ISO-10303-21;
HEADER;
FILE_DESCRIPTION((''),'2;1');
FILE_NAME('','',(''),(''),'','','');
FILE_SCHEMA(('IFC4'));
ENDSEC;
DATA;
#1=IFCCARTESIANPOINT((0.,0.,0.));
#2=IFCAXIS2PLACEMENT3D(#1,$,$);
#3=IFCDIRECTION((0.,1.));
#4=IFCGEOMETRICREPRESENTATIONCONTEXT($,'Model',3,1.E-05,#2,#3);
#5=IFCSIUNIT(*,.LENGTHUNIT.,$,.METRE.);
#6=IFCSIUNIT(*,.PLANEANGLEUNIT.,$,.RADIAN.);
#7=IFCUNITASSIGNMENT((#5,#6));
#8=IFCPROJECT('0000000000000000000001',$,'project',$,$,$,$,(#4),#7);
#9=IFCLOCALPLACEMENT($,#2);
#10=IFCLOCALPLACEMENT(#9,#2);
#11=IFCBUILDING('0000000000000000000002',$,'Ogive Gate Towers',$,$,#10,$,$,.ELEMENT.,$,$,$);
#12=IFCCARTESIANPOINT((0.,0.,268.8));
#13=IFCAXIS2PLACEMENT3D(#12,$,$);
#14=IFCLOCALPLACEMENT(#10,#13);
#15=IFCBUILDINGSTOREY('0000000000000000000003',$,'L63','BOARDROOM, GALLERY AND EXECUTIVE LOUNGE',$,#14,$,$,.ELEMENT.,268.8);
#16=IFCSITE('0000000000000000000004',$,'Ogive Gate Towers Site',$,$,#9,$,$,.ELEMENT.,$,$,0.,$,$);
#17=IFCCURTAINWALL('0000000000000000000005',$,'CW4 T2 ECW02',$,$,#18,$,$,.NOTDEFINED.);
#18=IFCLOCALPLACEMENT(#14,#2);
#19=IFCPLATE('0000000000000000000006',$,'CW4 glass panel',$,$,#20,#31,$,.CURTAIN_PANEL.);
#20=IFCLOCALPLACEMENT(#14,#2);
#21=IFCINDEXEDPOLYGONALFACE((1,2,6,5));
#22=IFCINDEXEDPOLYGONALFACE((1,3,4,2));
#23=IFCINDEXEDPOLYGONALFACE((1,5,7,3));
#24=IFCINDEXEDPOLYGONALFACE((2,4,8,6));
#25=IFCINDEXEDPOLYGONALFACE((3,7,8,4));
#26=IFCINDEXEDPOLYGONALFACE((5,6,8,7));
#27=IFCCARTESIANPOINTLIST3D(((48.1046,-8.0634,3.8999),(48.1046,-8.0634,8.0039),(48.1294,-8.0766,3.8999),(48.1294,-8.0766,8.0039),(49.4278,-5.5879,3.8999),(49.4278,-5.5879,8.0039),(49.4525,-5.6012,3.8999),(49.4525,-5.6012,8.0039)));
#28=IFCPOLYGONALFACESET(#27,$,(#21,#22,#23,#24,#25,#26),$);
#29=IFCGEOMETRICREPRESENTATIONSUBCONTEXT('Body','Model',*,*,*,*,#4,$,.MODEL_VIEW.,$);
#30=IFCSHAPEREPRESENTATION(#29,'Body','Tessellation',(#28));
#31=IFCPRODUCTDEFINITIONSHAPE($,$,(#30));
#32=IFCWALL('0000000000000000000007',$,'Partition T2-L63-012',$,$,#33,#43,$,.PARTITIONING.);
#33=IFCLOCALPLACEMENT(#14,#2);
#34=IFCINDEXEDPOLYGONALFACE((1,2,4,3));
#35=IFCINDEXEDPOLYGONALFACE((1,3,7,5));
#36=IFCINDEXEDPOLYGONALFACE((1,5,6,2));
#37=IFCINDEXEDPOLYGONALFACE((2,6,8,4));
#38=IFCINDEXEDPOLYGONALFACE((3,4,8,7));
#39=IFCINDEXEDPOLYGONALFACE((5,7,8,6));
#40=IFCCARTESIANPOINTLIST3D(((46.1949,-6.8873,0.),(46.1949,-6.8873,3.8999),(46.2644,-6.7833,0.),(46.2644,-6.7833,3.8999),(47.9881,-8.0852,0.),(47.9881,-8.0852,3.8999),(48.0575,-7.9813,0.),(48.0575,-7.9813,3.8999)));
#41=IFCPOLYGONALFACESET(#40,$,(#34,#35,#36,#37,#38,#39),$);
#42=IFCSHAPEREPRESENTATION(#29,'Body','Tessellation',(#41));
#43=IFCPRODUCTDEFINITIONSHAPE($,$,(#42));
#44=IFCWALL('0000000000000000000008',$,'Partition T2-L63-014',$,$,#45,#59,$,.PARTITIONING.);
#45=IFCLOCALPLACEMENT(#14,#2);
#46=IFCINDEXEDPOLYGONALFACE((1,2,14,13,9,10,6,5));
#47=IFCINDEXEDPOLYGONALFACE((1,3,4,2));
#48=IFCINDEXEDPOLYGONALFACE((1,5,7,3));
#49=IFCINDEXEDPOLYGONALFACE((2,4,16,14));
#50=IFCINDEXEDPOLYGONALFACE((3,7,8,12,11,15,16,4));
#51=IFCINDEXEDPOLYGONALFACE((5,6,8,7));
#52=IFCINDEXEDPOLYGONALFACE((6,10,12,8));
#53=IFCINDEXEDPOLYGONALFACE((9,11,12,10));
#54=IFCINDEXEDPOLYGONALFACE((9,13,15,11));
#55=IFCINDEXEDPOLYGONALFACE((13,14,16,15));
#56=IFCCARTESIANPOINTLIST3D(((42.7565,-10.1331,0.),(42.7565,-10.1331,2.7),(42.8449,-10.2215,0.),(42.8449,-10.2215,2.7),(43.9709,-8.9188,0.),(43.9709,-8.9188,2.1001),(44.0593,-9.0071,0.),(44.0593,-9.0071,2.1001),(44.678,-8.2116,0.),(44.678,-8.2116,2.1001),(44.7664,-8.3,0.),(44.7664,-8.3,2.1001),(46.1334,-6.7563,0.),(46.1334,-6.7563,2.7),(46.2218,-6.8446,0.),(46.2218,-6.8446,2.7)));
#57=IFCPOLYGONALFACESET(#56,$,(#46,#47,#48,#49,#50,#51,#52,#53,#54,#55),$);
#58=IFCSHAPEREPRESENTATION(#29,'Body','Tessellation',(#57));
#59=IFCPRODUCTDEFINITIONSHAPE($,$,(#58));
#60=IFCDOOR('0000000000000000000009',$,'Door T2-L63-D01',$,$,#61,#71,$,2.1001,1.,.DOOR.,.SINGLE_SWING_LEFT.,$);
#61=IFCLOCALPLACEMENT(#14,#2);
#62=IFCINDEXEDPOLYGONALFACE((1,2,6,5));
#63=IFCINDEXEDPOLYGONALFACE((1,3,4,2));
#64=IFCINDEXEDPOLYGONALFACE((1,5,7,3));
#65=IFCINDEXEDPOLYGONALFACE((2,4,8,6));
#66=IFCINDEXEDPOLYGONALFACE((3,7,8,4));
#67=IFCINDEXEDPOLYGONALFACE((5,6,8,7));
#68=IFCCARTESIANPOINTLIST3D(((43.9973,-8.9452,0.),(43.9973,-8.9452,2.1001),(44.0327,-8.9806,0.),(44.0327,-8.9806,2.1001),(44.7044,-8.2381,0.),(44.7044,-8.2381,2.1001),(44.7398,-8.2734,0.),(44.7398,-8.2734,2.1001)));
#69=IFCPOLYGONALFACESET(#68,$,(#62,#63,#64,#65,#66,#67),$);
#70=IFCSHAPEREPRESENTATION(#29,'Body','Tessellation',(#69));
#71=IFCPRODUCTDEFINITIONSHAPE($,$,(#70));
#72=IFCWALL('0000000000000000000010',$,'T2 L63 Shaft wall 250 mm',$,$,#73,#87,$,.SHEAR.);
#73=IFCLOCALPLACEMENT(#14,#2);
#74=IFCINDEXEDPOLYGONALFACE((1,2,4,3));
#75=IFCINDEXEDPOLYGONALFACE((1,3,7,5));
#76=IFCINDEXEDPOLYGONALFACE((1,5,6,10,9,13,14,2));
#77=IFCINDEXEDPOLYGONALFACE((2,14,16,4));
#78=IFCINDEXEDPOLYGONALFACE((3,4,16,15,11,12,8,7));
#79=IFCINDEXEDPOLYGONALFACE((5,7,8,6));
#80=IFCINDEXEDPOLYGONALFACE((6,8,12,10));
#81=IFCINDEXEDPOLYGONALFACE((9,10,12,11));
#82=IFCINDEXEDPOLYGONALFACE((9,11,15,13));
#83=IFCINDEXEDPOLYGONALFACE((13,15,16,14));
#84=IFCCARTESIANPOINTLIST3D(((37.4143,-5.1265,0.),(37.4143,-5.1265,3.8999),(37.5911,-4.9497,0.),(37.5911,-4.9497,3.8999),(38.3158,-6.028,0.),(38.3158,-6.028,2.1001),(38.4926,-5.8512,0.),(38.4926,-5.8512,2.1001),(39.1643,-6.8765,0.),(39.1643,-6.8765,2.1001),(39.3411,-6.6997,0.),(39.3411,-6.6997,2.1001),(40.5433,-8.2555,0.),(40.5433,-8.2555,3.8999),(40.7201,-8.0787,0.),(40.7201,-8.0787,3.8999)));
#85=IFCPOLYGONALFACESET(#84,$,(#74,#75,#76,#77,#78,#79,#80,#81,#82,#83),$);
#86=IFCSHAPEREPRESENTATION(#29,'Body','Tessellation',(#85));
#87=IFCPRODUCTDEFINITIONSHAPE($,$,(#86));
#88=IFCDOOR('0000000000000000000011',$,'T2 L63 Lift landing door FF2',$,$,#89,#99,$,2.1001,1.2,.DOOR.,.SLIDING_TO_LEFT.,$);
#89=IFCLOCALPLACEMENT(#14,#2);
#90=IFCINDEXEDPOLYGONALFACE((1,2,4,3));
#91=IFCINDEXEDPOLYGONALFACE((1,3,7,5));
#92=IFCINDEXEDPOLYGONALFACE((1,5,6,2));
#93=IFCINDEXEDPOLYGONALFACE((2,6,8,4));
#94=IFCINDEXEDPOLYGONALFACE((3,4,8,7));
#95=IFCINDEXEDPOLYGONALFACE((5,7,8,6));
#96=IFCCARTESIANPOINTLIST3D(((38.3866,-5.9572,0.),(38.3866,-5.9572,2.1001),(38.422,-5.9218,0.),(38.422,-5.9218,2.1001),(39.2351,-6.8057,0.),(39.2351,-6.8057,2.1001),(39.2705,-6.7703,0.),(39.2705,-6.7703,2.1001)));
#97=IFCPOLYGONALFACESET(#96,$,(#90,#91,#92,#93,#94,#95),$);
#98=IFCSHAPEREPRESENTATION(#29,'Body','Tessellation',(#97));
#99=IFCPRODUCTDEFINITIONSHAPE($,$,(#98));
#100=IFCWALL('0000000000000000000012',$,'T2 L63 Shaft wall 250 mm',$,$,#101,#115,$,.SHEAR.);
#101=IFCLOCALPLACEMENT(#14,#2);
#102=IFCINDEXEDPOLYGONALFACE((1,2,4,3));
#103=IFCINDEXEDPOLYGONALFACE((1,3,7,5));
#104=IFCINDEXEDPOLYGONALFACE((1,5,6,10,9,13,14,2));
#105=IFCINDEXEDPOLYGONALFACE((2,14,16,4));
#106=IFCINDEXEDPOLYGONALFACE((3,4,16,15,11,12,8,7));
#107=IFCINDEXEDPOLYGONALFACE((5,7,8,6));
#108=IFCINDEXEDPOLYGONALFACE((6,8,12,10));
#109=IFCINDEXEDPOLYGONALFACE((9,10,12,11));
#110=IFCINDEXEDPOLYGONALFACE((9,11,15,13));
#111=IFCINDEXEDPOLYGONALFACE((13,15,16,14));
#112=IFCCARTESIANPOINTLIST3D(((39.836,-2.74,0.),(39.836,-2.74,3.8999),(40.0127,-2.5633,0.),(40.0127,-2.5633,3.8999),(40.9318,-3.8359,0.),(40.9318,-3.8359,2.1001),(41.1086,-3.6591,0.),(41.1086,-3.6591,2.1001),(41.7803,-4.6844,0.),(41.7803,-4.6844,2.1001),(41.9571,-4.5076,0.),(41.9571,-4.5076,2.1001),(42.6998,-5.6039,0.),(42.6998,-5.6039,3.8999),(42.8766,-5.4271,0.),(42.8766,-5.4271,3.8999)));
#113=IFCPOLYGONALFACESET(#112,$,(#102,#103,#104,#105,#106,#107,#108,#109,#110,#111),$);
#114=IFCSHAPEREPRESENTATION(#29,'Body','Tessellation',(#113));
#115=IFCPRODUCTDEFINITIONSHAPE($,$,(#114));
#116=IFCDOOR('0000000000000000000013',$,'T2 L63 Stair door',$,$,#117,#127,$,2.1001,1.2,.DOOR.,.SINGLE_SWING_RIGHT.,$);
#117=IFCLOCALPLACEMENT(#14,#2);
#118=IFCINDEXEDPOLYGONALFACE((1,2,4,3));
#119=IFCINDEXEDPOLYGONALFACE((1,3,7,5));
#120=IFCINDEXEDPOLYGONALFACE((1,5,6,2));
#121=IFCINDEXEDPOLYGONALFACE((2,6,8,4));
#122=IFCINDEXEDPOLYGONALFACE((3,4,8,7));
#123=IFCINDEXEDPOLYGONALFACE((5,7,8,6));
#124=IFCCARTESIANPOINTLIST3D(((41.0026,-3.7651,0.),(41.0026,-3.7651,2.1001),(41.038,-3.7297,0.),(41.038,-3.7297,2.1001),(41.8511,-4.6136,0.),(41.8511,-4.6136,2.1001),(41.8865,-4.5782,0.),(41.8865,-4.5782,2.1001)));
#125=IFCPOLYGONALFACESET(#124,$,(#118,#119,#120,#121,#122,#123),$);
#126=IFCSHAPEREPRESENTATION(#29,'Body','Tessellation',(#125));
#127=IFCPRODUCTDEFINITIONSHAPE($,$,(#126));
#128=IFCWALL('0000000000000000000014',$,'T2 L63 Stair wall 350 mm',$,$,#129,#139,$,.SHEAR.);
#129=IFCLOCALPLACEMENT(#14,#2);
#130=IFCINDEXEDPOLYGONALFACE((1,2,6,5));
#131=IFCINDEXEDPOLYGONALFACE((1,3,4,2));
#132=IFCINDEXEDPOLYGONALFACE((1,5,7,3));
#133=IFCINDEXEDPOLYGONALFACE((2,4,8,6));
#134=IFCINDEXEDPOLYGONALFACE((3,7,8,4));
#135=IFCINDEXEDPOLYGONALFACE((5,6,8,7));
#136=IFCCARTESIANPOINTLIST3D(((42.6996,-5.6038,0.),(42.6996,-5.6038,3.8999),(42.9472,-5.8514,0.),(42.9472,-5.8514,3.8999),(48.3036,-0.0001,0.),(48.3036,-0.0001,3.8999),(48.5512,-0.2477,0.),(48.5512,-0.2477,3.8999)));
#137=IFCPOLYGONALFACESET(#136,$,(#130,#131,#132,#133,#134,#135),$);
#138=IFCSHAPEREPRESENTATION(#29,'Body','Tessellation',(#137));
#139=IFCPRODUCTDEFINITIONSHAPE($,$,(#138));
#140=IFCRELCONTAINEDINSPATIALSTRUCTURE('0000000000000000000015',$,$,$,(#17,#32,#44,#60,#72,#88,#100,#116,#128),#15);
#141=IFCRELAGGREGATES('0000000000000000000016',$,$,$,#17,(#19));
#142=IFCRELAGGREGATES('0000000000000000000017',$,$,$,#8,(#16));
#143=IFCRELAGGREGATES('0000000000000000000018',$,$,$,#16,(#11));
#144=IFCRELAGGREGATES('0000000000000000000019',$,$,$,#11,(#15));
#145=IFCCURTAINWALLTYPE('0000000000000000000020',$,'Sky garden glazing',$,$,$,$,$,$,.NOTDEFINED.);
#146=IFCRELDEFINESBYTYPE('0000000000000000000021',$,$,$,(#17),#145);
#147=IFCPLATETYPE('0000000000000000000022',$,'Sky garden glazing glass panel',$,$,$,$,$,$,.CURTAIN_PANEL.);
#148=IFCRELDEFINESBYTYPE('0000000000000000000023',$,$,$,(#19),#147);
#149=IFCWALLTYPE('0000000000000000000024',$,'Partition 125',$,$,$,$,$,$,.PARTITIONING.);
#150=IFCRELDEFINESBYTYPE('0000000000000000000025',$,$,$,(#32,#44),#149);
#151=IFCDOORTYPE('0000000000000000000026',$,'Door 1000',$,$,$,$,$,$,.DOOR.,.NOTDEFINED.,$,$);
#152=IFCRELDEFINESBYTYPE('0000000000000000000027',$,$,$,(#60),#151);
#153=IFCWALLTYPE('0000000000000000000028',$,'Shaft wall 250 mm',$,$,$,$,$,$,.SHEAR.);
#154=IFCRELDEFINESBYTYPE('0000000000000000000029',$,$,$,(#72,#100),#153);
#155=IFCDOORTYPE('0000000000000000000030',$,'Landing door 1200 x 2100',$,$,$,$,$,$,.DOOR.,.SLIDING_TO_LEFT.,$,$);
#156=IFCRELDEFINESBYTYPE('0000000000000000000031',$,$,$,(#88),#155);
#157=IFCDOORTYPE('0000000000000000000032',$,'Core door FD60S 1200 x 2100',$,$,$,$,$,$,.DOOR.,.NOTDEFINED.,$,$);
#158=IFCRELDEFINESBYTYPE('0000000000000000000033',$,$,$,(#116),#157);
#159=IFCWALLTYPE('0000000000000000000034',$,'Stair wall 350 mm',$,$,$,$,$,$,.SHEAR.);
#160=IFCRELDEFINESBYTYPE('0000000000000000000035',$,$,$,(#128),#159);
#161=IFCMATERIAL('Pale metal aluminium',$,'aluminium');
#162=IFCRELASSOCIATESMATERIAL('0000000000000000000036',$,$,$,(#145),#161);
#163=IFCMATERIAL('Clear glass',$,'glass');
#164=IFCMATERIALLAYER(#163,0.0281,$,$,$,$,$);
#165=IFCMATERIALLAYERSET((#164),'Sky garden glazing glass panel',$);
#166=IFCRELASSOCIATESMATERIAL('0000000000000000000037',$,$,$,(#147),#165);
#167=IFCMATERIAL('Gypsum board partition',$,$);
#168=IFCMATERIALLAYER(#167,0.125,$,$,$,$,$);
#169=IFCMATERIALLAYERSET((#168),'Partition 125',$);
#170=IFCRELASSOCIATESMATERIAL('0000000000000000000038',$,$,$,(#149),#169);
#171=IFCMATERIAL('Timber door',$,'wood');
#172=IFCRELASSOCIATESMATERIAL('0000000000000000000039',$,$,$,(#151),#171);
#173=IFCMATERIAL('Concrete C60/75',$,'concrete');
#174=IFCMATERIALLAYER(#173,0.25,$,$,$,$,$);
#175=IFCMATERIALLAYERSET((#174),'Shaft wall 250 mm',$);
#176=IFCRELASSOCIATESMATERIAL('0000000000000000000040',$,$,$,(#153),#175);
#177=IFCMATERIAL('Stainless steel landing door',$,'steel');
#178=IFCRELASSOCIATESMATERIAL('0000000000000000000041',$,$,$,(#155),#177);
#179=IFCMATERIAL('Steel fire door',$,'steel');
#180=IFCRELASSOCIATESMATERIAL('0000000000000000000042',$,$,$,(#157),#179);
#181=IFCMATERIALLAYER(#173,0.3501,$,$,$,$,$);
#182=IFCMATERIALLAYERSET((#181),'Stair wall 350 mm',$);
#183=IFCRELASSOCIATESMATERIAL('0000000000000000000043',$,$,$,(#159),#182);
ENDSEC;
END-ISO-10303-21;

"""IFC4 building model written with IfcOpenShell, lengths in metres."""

from ifc_helpers import new_model, si_unit, direction, frame, frame_2d, origin, origin_2d, place, context, subcontext, project, spatial, rectangle, extrude, material, layer, layer_set, type_object, element, fill, aggregate, save


model = new_model("IFC4")

# Units and contexts
model_context = context("Model", 3, precision=1e-05, world=origin(), true_north=direction((0.0, 1.0)))
body_context = subcontext(model_context, "Body", "Model", "MODEL_VIEW")
ifc_project = project(units=[si_unit("LENGTHUNIT", "METRE"), si_unit("PLANEANGLEUNIT", "RADIAN")], contexts=[model_context])

# Site, building, storey
site_placement = place(None, origin())
site = spatial("IfcSite", under=ifc_project, at=site_placement, Name="Ogive Gate Towers Site", CompositionType="ELEMENT", RefElevation=0.0)
building_placement = place(site_placement, origin())
building = spatial("IfcBuilding", under=site, at=building_placement, Name="Ogive Gate Towers", CompositionType="ELEMENT")
storey_placement = place(building_placement, frame((0.0, 0.0, 268.8)))
storey = spatial("IfcBuildingStorey", under=building, at=storey_placement, Name="L63", Description="BOARDROOM, GALLERY AND EXECUTIVE LOUNGE", CompositionType="ELEMENT", Elevation=268.8)

# Curtain wall
ifc_material_1 = material(Name="Pale metal aluminium", Category="aluminium")
curtain_wall_type = type_object("IfcCurtainWallType", Name="Sky garden glazing", PredefinedType="NOTDEFINED", material=ifc_material_1)
curtain_wall_1_placement = place(storey_placement, origin())
curtain_wall_1 = element("IfcCurtainWall", 1, at=curtain_wall_1_placement, inside=storey, type_object=curtain_wall_type, Name="CW4 T2 ECW02", PredefinedType="NOTDEFINED")

# Plate
ifc_material_2 = material(Name="Clear glass", Category="glass")
ifc_layer_1 = layer(ifc_material_2, 0.0281)
ifc_layer_set_1 = layer_set([ifc_layer_1], Name="Sky garden glazing glass panel")
plate_type = type_object("IfcPlateType", Name="Sky garden glazing glass panel", PredefinedType="CURTAIN_PANEL", material=ifc_layer_set_1)
plate_1_placement = place(storey_placement, frame((48.7786, -6.8323, 3.8999), z_axis=(0.0, 0.0, 1.0), x_axis=(-0.471397, -0.881921, 0.0)))
plate_1 = element("IfcPlate", 2, at=plate_1_placement, type_object=plate_type, Name="CW4 glass panel", PredefinedType="CURTAIN_PANEL", context=body_context, shape_type="SweptSolid", body=[
    extrude(rectangle(XDim=2.8069, YDim=0.0281, at=origin_2d()), origin(), (0.0, 0.0, 1.0), 4.104),
])
aggregate(curtain_wall_1, [plate_1])

# Wall
ifc_material_3 = material(Name="Gypsum board partition")
ifc_layer_2 = layer(ifc_material_3, 0.125)
ifc_layer_set_2 = layer_set([ifc_layer_2], Name="Partition 125")
wall_type_1 = type_object("IfcWallType", Name="Partition 125", PredefinedType="PARTITIONING", material=ifc_layer_set_2)
wall_1_placement = place(storey_placement, frame((48.0227, -8.0332, 0.0), z_axis=(0.0, 0.0, 1.0), x_axis=(-0.83151, 0.55551, 0.0)))
element("IfcWall", 3, at=wall_1_placement, inside=storey, type_object=wall_type_1, Name="Partition T2-L63-012", PredefinedType="PARTITIONING", context=body_context, shape_type="SweptSolid", body=[
    extrude(rectangle(XDim=2.1565, YDim=0.125, at=frame_2d((1.0781, 0.0))), origin(), (0.0, 0.0, 1.0), 3.8999),
])

# Walls, openings, doors
wall_2_placement = place(storey_placement, frame((46.1775, -6.8005, 0.0), z_axis=(0.0, 0.0, 1.0), x_axis=(-0.707107, -0.707107, 0.0)))
wall_2 = element("IfcWall", 4, at=wall_2_placement, inside=storey, type_object=wall_type_1, Name="Partition T2-L63-014", PredefinedType="PARTITIONING", context=body_context, shape_type="SweptSolid", body=[
    extrude(rectangle(XDim=4.7756, YDim=0.125, at=frame_2d((2.3877, 0.0))), origin(), (0.0, 0.0, 1.0), 2.7),
])
opening_1_placement = place(wall_2_placement, frame((2.0581, 0.0, 0.0)))
opening_1 = element("IfcOpeningElement", 5, at=opening_1_placement, cuts=wall_2, PredefinedType="OPENING", context=body_context, shape_type="SweptSolid", body=[
    extrude(rectangle(XDim=1.0, YDim=2.1001, at=frame_2d((0.5, 1.05))), frame((0.0, 0.0725, 0.0), z_axis=(0.0, -1.0, 0.0), x_axis=(1.0, 0.0, 0.0)), (0.0, 0.0, 1.0), 0.145),
])
ifc_material_4 = material(Name="Timber door", Category="wood")
door_type_1 = type_object("IfcDoorType", Name="Door 1000", OperationType="NOTDEFINED", PredefinedType="DOOR", material=ifc_material_4)
door_1_placement = place(opening_1_placement, origin())
door_1 = element("IfcDoor", 6, at=door_1_placement, inside=storey, type_object=door_type_1, Name="Door T2-L63-D01", OperationType="SINGLE_SWING_LEFT", OverallHeight=2.1001, OverallWidth=1.0, PredefinedType="DOOR", context=body_context, shape_type="SweptSolid", body=[
    extrude(rectangle(XDim=1.0, YDim=2.1001, at=frame_2d((0.5, 1.05))), frame((0.0, 0.0249, 0.0), z_axis=(0.0, -1.0, 0.0), x_axis=(1.0, 0.0, 0.0)), (0.0, 0.0, 1.0), 0.05),
])
fill(opening_1, door_1)
ifc_material_5 = material(Name="Concrete C60/75", Category="concrete")
ifc_layer_3 = layer(ifc_material_5, 0.25)
ifc_layer_set_3 = layer_set([ifc_layer_3], Name="Shaft wall 250 mm")
wall_type_2 = type_object("IfcWallType", Name="Shaft wall 250 mm", PredefinedType="SHEAR", material=ifc_layer_set_3)
wall_3_placement = place(storey_placement, frame((40.6316, -8.167, 0.0), z_axis=(0.0, 0.0, 1.0), x_axis=(-0.707107, 0.707107, 0.0)))
wall_3 = element("IfcWall", 7, at=wall_3_placement, inside=storey, type_object=wall_type_2, Name="T2 L63 Shaft wall 250 mm", PredefinedType="SHEAR", context=body_context, shape_type="SweptSolid", body=[
    extrude(rectangle(XDim=4.425, YDim=0.25, at=frame_2d((2.2124, 0.0))), origin(), (0.0, 0.0, 1.0), 3.8999),
])
opening_2_placement = place(wall_3_placement, frame((1.95, 0.0, 0.0)))
opening_2 = element("IfcOpeningElement", 8, at=opening_2_placement, cuts=wall_3, PredefinedType="OPENING", context=body_context, shape_type="SweptSolid", body=[
    extrude(rectangle(XDim=1.2, YDim=2.1001, at=frame_2d((0.6001, 1.05))), frame((0.0, 0.135, 0.0), z_axis=(0.0, -1.0, 0.0), x_axis=(1.0, 0.0, 0.0)), (0.0, 0.0, 1.0), 0.27),
])
ifc_material_6 = material(Name="Stainless steel landing door", Category="steel")
door_type_2 = type_object("IfcDoorType", Name="Landing door 1200 x 2100", OperationType="SLIDING_TO_LEFT", PredefinedType="DOOR", material=ifc_material_6)
door_2_placement = place(opening_2_placement, origin())
door_2 = element("IfcDoor", 9, at=door_2_placement, inside=storey, type_object=door_type_2, Name="T2 L63 Lift landing door FF2", OperationType="SLIDING_TO_LEFT", OverallHeight=2.1001, OverallWidth=1.2, PredefinedType="DOOR", context=body_context, shape_type="SweptSolid", body=[
    extrude(rectangle(XDim=1.2, YDim=2.1001, at=frame_2d((0.6001, 1.05))), frame((0.0, 0.0249, 0.0), z_axis=(0.0, -1.0, 0.0), x_axis=(1.0, 0.0, 0.0)), (0.0, 0.0, 1.0), 0.05),
])
fill(opening_2, door_2)
wall_4_placement = place(storey_placement, frame((42.7881, -5.5154, 0.0), z_axis=(0.0, 0.0, 1.0), x_axis=(-0.707107, 0.707107, 0.0)))
wall_4 = element("IfcWall", 10, at=wall_4_placement, inside=storey, type_object=wall_type_2, Name="T2 L63 Shaft wall 250 mm", PredefinedType="SHEAR", context=body_context, shape_type="SweptSolid", body=[
    extrude(rectangle(XDim=4.05, YDim=0.25, at=frame_2d((2.0249, 0.0))), origin(), (0.0, 0.0, 1.0), 3.8999),
])
opening_3_placement = place(wall_4_placement, frame((1.3, 0.0, 0.0)))
opening_3 = element("IfcOpeningElement", 11, at=opening_3_placement, cuts=wall_4, PredefinedType="OPENING", context=body_context, shape_type="SweptSolid", body=[
    extrude(rectangle(XDim=1.2, YDim=2.1001, at=frame_2d((0.6001, 1.05))), frame((0.0, 0.135, 0.0), z_axis=(0.0, -1.0, 0.0), x_axis=(1.0, 0.0, 0.0)), (0.0, 0.0, 1.0), 0.27),
])
ifc_material_7 = material(Name="Steel fire door", Category="steel")
door_type_3 = type_object("IfcDoorType", Name="Core door FD60S 1200 x 2100", OperationType="NOTDEFINED", PredefinedType="DOOR", material=ifc_material_7)
door_3_placement = place(opening_3_placement, origin())
door_3 = element("IfcDoor", 12, at=door_3_placement, inside=storey, type_object=door_type_3, Name="T2 L63 Stair door", OperationType="SINGLE_SWING_RIGHT", OverallHeight=2.1001, OverallWidth=1.2, PredefinedType="DOOR", context=body_context, shape_type="SweptSolid", body=[
    extrude(rectangle(XDim=1.2, YDim=2.1001, at=frame_2d((0.6001, 1.05))), frame((0.0, 0.0249, 0.0), z_axis=(0.0, -1.0, 0.0), x_axis=(1.0, 0.0, 0.0)), (0.0, 0.0, 1.0), 0.05),
])
fill(opening_3, door_3)

# Wall
ifc_layer_4 = layer(ifc_material_5, 0.3501)
ifc_layer_set_4 = layer_set([ifc_layer_4], Name="Stair wall 350 mm")
wall_type_3 = type_object("IfcWallType", Name="Stair wall 350 mm", PredefinedType="SHEAR", material=ifc_layer_set_4)
wall_5_placement = place(storey_placement, frame((42.8235, -5.7275, 0.0), z_axis=(0.0, 0.0, 1.0), x_axis=(0.707122, 0.707091, 0.0)))
element("IfcWall", 13, at=wall_5_placement, inside=storey, type_object=wall_type_3, Name="T2 L63 Stair wall 350 mm", PredefinedType="SHEAR", context=body_context, shape_type="SweptSolid", body=[
    extrude(rectangle(XDim=7.925, YDim=0.3501, at=frame_2d((3.9624, 0.0))), origin(), (0.0, 0.0, 1.0), 3.8999),
])

save(model, "model.ifc")
